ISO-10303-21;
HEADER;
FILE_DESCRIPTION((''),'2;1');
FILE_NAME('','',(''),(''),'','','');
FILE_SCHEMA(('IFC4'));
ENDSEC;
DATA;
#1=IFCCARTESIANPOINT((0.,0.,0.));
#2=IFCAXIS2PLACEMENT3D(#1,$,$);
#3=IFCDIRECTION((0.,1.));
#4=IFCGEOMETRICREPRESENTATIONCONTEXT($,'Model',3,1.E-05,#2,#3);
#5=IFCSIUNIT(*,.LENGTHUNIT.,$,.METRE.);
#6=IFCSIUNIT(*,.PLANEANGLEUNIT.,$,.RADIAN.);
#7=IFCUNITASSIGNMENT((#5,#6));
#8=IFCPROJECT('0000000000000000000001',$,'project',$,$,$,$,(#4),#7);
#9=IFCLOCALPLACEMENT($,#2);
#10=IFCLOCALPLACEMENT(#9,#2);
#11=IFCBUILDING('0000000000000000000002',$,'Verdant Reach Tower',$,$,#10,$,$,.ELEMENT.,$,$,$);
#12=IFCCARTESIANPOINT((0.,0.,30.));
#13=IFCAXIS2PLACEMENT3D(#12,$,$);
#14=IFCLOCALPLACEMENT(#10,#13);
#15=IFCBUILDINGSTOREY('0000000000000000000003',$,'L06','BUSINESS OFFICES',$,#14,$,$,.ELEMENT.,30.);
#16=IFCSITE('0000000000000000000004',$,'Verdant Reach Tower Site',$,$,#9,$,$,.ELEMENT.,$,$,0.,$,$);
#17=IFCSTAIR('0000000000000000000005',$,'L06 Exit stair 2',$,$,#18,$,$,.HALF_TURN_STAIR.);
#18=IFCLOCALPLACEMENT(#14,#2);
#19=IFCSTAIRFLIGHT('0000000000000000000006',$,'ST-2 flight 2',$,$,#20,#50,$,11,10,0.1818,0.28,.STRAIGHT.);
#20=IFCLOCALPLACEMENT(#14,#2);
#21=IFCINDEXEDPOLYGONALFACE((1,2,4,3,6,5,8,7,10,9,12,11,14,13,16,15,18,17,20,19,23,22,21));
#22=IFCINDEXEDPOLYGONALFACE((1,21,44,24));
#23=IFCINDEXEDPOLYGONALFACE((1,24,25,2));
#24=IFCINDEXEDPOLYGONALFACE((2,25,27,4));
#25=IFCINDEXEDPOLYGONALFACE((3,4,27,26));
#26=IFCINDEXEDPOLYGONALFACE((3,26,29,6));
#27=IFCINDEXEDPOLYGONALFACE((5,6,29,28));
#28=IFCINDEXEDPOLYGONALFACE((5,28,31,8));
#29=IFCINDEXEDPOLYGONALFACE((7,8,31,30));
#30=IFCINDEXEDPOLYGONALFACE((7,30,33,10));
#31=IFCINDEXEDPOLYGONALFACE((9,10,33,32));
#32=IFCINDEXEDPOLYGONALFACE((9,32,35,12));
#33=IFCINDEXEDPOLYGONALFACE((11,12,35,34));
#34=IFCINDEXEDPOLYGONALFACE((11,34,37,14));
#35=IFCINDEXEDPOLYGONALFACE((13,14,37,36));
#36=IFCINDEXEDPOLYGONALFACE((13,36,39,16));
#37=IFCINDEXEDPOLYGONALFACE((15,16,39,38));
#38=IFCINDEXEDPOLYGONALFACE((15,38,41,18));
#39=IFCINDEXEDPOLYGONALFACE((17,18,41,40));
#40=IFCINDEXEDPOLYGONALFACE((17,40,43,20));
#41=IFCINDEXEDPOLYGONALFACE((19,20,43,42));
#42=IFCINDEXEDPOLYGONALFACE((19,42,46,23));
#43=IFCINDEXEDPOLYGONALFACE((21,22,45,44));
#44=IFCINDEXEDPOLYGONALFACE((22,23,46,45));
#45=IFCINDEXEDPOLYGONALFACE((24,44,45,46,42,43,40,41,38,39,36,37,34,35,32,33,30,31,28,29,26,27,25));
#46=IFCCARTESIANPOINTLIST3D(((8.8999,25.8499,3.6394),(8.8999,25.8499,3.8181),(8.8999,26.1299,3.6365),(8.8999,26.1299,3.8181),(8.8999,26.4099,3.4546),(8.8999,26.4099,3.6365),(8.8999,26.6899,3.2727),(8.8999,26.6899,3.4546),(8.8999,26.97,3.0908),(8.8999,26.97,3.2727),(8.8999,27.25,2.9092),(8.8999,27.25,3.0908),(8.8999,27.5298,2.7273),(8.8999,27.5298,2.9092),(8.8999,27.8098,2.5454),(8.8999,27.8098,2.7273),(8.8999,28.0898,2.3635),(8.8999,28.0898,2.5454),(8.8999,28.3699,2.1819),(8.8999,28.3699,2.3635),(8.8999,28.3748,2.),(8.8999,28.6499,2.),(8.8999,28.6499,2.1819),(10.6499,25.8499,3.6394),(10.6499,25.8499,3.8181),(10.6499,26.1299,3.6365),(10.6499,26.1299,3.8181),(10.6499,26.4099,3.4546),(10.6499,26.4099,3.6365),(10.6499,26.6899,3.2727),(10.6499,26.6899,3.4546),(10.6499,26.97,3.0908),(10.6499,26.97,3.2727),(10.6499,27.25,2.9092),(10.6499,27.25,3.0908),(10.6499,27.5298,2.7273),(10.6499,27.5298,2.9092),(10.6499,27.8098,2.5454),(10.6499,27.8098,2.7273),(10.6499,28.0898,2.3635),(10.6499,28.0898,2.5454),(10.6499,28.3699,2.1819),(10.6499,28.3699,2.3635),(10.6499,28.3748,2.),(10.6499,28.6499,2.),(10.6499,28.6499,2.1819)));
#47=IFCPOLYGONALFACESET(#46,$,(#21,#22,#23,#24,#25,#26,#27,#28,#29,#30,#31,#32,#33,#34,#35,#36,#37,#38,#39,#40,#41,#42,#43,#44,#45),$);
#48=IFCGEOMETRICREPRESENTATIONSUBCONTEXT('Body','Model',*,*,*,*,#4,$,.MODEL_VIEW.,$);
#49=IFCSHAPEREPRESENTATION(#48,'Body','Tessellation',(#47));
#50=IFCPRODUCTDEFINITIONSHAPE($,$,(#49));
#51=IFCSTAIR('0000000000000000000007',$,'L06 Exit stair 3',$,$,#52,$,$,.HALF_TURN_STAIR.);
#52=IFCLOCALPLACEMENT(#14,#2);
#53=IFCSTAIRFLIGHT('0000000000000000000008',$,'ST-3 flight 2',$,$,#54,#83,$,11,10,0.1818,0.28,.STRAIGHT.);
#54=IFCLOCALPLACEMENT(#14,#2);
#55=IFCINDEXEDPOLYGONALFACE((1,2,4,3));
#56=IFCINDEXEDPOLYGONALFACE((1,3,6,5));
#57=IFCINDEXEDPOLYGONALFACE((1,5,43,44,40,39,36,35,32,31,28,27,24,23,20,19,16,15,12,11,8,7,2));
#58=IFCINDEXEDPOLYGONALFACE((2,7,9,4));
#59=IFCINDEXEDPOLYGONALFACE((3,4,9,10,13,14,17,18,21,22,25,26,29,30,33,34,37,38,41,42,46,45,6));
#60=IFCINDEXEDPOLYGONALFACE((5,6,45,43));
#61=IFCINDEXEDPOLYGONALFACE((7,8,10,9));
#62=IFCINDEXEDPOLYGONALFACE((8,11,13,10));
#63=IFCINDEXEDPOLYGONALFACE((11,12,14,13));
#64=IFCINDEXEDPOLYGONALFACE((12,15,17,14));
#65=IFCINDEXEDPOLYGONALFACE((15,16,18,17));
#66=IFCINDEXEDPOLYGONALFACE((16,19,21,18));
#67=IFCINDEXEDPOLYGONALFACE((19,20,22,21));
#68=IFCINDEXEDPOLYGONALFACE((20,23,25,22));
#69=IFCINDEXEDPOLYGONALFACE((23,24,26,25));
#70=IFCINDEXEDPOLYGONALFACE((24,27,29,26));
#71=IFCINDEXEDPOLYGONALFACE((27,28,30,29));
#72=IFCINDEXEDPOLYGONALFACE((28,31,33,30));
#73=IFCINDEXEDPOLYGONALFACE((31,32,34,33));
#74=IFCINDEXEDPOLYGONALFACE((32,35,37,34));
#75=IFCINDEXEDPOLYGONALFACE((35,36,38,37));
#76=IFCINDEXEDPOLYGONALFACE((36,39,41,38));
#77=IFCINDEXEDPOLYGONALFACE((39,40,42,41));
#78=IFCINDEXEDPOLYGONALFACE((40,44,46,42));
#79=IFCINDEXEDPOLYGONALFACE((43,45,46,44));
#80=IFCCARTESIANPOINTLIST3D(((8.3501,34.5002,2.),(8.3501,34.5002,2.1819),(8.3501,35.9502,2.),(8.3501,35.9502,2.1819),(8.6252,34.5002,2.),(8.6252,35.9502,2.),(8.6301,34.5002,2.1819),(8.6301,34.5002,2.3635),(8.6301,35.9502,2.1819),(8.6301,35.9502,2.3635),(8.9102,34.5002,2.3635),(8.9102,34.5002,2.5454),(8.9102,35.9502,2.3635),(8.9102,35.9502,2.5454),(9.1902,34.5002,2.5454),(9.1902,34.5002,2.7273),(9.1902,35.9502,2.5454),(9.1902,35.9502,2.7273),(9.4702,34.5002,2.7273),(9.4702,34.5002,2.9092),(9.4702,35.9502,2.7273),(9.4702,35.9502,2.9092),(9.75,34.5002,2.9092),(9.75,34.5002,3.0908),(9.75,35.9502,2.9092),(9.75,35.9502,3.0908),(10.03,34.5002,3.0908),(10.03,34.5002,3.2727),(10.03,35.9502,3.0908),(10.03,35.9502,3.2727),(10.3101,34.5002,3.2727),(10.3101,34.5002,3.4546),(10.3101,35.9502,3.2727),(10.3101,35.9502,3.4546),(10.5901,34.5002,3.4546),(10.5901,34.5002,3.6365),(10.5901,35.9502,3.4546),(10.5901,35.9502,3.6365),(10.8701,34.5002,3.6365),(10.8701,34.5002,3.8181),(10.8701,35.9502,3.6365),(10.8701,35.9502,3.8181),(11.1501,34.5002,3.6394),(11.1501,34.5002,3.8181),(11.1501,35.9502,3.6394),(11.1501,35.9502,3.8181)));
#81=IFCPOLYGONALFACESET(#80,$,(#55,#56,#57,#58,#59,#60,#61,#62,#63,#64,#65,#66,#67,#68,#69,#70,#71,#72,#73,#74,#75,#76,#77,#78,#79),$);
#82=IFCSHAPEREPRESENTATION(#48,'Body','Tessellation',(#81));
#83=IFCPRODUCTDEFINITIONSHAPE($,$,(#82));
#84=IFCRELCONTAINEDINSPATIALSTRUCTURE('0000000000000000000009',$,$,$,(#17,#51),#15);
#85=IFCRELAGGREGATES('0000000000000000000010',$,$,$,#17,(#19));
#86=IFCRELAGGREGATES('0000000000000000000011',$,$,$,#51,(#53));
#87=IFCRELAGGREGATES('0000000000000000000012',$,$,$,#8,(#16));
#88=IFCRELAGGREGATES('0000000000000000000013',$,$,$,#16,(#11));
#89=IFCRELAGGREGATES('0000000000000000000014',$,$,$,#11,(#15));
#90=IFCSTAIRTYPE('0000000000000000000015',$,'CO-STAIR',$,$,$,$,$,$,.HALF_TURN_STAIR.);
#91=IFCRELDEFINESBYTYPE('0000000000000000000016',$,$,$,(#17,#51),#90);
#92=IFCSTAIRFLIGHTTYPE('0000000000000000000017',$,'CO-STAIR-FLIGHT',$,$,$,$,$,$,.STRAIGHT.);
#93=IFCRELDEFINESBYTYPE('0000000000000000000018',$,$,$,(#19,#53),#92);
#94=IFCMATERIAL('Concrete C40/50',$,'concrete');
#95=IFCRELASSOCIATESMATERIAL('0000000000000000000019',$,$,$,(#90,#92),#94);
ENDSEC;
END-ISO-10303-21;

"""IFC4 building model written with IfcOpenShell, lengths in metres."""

from ifc_helpers import new_model, si_unit, direction, frame, origin, place, context, subcontext, project, spatial, polyline, outline, extrude, material, type_object, element, aggregate, save


model = new_model("IFC4")

# Units and contexts
model_context = context("Model", 3, precision=1e-05, world=origin(), true_north=direction((0.0, 1.0)))
body_context = subcontext(model_context, "Body", "Model", "MODEL_VIEW")
ifc_project = project(units=[si_unit("LENGTHUNIT", "METRE"), si_unit("PLANEANGLEUNIT", "RADIAN")], contexts=[model_context])

# Site, building, storey
site_placement = place(None, origin())
site = spatial("IfcSite", under=ifc_project, at=site_placement, Name="Verdant Reach Tower Site", CompositionType="ELEMENT", RefElevation=0.0)
building_placement = place(site_placement, origin())
building = spatial("IfcBuilding", under=site, at=building_placement, Name="Verdant Reach Tower", CompositionType="ELEMENT")
storey_placement = place(building_placement, frame((0.0, 0.0, 30.0)))
storey = spatial("IfcBuildingStorey", under=building, at=storey_placement, Name="L06", Description="BUSINESS OFFICES", CompositionType="ELEMENT", Elevation=30.0)

# Shared definitions
ifc_material_1 = material(Name="Concrete C40/50", Category="concrete")

# Stair, stair flight
stair_type = type_object("IfcStairType", Name="CO-STAIR", PredefinedType="HALF_TURN_STAIR", material=ifc_material_1)
stair_1_placement = place(storey_placement, origin())
stair_1 = element("IfcStair", 1, at=stair_1_placement, inside=storey, type_object=stair_type, Name="L06 Exit stair 2", PredefinedType="HALF_TURN_STAIR")
stair_flight_type = type_object("IfcStairFlightType", Name="CO-STAIR-FLIGHT", PredefinedType="STRAIGHT", material=ifc_material_1)
stair_flight_1_placement = place(storey_placement, frame((9.7749, 28.6499, 2.0), z_axis=(0.0, 0.0, 1.0), x_axis=(0.0, -1.0, 0.0)))
stair_flight_1 = element("IfcStairFlight", 2, at=stair_flight_1_placement, type_object=stair_flight_type, Name="ST-2 flight 2", NumberOfRisers=11, NumberOfTreads=10, PredefinedType="STRAIGHT", RiserHeight=0.1818, TreadLength=0.28, context=body_context, shape_type="SweptSolid", body=[
    extrude(outline(polyline([(0.0, 0.0), (0.0, 0.1819), (0.28, 0.1819), (0.28, 0.3635), (0.5601, 0.3635), (0.5601, 0.5454), (0.8401, 0.5454), (0.8401, 0.7273), (1.1201, 0.7273), (1.1201, 0.9092), (1.3999, 0.9092), (1.3999, 1.0908), (1.6799, 1.0908), (1.6799, 1.2727), (1.96, 1.2727), (1.96, 1.4546), (2.24, 1.4546), (2.24, 1.6365), (2.52, 1.6365), (2.52, 1.8181), (2.8, 1.8181), (2.8, 2.0), (2.8, 1.6394), (0.2751, 0.0), (0.0, 0.0)])), frame((0.0, 0.875, 0.0), z_axis=(0.0, -1.0, 0.0), x_axis=(1.0, 0.0, 0.0)), (0.0, 0.0, 1.0), 1.75),
])
aggregate(stair_1, [stair_flight_1])

# Stair, stair flight
stair_2_placement = place(storey_placement, origin())
stair_2 = element("IfcStair", 3, at=stair_2_placement, inside=storey, type_object=stair_type, Name="L06 Exit stair 3", PredefinedType="HALF_TURN_STAIR")
stair_flight_2_placement = place(storey_placement, frame((8.3501, 35.2251, 2.0), z_axis=(0.0, 0.0, 1.0), x_axis=(1.0, 0.0, 0.0)))
stair_flight_2 = element("IfcStairFlight", 4, at=stair_flight_2_placement, type_object=stair_flight_type, Name="ST-3 flight 2", NumberOfRisers=11, NumberOfTreads=10, PredefinedType="STRAIGHT", RiserHeight=0.1818, TreadLength=0.28, context=body_context, shape_type="SweptSolid", body=[
    extrude(outline(polyline([(0.0, 0.0), (0.0, 0.1819), (0.28, 0.1819), (0.28, 0.3635), (0.5601, 0.3635), (0.5601, 0.5454), (0.8401, 0.5454), (0.8401, 0.7273), (1.1201, 0.7273), (1.1201, 0.9092), (1.3999, 0.9092), (1.3999, 1.0908), (1.6799, 1.0908), (1.6799, 1.2727), (1.96, 1.2727), (1.96, 1.4546), (2.24, 1.4546), (2.24, 1.6365), (2.52, 1.6365), (2.52, 1.8181), (2.8, 1.8181), (2.8, 2.0), (2.8, 1.6394), (0.2751, 0.0), (0.0, 0.0)])), frame((0.0, 0.7251, 0.0), z_axis=(0.0, -1.0, 0.0), x_axis=(1.0, 0.0, 0.0)), (0.0, 0.0, 1.0), 1.45),
])
aggregate(stair_2, [stair_flight_2])

save(model, "model.ifc")
